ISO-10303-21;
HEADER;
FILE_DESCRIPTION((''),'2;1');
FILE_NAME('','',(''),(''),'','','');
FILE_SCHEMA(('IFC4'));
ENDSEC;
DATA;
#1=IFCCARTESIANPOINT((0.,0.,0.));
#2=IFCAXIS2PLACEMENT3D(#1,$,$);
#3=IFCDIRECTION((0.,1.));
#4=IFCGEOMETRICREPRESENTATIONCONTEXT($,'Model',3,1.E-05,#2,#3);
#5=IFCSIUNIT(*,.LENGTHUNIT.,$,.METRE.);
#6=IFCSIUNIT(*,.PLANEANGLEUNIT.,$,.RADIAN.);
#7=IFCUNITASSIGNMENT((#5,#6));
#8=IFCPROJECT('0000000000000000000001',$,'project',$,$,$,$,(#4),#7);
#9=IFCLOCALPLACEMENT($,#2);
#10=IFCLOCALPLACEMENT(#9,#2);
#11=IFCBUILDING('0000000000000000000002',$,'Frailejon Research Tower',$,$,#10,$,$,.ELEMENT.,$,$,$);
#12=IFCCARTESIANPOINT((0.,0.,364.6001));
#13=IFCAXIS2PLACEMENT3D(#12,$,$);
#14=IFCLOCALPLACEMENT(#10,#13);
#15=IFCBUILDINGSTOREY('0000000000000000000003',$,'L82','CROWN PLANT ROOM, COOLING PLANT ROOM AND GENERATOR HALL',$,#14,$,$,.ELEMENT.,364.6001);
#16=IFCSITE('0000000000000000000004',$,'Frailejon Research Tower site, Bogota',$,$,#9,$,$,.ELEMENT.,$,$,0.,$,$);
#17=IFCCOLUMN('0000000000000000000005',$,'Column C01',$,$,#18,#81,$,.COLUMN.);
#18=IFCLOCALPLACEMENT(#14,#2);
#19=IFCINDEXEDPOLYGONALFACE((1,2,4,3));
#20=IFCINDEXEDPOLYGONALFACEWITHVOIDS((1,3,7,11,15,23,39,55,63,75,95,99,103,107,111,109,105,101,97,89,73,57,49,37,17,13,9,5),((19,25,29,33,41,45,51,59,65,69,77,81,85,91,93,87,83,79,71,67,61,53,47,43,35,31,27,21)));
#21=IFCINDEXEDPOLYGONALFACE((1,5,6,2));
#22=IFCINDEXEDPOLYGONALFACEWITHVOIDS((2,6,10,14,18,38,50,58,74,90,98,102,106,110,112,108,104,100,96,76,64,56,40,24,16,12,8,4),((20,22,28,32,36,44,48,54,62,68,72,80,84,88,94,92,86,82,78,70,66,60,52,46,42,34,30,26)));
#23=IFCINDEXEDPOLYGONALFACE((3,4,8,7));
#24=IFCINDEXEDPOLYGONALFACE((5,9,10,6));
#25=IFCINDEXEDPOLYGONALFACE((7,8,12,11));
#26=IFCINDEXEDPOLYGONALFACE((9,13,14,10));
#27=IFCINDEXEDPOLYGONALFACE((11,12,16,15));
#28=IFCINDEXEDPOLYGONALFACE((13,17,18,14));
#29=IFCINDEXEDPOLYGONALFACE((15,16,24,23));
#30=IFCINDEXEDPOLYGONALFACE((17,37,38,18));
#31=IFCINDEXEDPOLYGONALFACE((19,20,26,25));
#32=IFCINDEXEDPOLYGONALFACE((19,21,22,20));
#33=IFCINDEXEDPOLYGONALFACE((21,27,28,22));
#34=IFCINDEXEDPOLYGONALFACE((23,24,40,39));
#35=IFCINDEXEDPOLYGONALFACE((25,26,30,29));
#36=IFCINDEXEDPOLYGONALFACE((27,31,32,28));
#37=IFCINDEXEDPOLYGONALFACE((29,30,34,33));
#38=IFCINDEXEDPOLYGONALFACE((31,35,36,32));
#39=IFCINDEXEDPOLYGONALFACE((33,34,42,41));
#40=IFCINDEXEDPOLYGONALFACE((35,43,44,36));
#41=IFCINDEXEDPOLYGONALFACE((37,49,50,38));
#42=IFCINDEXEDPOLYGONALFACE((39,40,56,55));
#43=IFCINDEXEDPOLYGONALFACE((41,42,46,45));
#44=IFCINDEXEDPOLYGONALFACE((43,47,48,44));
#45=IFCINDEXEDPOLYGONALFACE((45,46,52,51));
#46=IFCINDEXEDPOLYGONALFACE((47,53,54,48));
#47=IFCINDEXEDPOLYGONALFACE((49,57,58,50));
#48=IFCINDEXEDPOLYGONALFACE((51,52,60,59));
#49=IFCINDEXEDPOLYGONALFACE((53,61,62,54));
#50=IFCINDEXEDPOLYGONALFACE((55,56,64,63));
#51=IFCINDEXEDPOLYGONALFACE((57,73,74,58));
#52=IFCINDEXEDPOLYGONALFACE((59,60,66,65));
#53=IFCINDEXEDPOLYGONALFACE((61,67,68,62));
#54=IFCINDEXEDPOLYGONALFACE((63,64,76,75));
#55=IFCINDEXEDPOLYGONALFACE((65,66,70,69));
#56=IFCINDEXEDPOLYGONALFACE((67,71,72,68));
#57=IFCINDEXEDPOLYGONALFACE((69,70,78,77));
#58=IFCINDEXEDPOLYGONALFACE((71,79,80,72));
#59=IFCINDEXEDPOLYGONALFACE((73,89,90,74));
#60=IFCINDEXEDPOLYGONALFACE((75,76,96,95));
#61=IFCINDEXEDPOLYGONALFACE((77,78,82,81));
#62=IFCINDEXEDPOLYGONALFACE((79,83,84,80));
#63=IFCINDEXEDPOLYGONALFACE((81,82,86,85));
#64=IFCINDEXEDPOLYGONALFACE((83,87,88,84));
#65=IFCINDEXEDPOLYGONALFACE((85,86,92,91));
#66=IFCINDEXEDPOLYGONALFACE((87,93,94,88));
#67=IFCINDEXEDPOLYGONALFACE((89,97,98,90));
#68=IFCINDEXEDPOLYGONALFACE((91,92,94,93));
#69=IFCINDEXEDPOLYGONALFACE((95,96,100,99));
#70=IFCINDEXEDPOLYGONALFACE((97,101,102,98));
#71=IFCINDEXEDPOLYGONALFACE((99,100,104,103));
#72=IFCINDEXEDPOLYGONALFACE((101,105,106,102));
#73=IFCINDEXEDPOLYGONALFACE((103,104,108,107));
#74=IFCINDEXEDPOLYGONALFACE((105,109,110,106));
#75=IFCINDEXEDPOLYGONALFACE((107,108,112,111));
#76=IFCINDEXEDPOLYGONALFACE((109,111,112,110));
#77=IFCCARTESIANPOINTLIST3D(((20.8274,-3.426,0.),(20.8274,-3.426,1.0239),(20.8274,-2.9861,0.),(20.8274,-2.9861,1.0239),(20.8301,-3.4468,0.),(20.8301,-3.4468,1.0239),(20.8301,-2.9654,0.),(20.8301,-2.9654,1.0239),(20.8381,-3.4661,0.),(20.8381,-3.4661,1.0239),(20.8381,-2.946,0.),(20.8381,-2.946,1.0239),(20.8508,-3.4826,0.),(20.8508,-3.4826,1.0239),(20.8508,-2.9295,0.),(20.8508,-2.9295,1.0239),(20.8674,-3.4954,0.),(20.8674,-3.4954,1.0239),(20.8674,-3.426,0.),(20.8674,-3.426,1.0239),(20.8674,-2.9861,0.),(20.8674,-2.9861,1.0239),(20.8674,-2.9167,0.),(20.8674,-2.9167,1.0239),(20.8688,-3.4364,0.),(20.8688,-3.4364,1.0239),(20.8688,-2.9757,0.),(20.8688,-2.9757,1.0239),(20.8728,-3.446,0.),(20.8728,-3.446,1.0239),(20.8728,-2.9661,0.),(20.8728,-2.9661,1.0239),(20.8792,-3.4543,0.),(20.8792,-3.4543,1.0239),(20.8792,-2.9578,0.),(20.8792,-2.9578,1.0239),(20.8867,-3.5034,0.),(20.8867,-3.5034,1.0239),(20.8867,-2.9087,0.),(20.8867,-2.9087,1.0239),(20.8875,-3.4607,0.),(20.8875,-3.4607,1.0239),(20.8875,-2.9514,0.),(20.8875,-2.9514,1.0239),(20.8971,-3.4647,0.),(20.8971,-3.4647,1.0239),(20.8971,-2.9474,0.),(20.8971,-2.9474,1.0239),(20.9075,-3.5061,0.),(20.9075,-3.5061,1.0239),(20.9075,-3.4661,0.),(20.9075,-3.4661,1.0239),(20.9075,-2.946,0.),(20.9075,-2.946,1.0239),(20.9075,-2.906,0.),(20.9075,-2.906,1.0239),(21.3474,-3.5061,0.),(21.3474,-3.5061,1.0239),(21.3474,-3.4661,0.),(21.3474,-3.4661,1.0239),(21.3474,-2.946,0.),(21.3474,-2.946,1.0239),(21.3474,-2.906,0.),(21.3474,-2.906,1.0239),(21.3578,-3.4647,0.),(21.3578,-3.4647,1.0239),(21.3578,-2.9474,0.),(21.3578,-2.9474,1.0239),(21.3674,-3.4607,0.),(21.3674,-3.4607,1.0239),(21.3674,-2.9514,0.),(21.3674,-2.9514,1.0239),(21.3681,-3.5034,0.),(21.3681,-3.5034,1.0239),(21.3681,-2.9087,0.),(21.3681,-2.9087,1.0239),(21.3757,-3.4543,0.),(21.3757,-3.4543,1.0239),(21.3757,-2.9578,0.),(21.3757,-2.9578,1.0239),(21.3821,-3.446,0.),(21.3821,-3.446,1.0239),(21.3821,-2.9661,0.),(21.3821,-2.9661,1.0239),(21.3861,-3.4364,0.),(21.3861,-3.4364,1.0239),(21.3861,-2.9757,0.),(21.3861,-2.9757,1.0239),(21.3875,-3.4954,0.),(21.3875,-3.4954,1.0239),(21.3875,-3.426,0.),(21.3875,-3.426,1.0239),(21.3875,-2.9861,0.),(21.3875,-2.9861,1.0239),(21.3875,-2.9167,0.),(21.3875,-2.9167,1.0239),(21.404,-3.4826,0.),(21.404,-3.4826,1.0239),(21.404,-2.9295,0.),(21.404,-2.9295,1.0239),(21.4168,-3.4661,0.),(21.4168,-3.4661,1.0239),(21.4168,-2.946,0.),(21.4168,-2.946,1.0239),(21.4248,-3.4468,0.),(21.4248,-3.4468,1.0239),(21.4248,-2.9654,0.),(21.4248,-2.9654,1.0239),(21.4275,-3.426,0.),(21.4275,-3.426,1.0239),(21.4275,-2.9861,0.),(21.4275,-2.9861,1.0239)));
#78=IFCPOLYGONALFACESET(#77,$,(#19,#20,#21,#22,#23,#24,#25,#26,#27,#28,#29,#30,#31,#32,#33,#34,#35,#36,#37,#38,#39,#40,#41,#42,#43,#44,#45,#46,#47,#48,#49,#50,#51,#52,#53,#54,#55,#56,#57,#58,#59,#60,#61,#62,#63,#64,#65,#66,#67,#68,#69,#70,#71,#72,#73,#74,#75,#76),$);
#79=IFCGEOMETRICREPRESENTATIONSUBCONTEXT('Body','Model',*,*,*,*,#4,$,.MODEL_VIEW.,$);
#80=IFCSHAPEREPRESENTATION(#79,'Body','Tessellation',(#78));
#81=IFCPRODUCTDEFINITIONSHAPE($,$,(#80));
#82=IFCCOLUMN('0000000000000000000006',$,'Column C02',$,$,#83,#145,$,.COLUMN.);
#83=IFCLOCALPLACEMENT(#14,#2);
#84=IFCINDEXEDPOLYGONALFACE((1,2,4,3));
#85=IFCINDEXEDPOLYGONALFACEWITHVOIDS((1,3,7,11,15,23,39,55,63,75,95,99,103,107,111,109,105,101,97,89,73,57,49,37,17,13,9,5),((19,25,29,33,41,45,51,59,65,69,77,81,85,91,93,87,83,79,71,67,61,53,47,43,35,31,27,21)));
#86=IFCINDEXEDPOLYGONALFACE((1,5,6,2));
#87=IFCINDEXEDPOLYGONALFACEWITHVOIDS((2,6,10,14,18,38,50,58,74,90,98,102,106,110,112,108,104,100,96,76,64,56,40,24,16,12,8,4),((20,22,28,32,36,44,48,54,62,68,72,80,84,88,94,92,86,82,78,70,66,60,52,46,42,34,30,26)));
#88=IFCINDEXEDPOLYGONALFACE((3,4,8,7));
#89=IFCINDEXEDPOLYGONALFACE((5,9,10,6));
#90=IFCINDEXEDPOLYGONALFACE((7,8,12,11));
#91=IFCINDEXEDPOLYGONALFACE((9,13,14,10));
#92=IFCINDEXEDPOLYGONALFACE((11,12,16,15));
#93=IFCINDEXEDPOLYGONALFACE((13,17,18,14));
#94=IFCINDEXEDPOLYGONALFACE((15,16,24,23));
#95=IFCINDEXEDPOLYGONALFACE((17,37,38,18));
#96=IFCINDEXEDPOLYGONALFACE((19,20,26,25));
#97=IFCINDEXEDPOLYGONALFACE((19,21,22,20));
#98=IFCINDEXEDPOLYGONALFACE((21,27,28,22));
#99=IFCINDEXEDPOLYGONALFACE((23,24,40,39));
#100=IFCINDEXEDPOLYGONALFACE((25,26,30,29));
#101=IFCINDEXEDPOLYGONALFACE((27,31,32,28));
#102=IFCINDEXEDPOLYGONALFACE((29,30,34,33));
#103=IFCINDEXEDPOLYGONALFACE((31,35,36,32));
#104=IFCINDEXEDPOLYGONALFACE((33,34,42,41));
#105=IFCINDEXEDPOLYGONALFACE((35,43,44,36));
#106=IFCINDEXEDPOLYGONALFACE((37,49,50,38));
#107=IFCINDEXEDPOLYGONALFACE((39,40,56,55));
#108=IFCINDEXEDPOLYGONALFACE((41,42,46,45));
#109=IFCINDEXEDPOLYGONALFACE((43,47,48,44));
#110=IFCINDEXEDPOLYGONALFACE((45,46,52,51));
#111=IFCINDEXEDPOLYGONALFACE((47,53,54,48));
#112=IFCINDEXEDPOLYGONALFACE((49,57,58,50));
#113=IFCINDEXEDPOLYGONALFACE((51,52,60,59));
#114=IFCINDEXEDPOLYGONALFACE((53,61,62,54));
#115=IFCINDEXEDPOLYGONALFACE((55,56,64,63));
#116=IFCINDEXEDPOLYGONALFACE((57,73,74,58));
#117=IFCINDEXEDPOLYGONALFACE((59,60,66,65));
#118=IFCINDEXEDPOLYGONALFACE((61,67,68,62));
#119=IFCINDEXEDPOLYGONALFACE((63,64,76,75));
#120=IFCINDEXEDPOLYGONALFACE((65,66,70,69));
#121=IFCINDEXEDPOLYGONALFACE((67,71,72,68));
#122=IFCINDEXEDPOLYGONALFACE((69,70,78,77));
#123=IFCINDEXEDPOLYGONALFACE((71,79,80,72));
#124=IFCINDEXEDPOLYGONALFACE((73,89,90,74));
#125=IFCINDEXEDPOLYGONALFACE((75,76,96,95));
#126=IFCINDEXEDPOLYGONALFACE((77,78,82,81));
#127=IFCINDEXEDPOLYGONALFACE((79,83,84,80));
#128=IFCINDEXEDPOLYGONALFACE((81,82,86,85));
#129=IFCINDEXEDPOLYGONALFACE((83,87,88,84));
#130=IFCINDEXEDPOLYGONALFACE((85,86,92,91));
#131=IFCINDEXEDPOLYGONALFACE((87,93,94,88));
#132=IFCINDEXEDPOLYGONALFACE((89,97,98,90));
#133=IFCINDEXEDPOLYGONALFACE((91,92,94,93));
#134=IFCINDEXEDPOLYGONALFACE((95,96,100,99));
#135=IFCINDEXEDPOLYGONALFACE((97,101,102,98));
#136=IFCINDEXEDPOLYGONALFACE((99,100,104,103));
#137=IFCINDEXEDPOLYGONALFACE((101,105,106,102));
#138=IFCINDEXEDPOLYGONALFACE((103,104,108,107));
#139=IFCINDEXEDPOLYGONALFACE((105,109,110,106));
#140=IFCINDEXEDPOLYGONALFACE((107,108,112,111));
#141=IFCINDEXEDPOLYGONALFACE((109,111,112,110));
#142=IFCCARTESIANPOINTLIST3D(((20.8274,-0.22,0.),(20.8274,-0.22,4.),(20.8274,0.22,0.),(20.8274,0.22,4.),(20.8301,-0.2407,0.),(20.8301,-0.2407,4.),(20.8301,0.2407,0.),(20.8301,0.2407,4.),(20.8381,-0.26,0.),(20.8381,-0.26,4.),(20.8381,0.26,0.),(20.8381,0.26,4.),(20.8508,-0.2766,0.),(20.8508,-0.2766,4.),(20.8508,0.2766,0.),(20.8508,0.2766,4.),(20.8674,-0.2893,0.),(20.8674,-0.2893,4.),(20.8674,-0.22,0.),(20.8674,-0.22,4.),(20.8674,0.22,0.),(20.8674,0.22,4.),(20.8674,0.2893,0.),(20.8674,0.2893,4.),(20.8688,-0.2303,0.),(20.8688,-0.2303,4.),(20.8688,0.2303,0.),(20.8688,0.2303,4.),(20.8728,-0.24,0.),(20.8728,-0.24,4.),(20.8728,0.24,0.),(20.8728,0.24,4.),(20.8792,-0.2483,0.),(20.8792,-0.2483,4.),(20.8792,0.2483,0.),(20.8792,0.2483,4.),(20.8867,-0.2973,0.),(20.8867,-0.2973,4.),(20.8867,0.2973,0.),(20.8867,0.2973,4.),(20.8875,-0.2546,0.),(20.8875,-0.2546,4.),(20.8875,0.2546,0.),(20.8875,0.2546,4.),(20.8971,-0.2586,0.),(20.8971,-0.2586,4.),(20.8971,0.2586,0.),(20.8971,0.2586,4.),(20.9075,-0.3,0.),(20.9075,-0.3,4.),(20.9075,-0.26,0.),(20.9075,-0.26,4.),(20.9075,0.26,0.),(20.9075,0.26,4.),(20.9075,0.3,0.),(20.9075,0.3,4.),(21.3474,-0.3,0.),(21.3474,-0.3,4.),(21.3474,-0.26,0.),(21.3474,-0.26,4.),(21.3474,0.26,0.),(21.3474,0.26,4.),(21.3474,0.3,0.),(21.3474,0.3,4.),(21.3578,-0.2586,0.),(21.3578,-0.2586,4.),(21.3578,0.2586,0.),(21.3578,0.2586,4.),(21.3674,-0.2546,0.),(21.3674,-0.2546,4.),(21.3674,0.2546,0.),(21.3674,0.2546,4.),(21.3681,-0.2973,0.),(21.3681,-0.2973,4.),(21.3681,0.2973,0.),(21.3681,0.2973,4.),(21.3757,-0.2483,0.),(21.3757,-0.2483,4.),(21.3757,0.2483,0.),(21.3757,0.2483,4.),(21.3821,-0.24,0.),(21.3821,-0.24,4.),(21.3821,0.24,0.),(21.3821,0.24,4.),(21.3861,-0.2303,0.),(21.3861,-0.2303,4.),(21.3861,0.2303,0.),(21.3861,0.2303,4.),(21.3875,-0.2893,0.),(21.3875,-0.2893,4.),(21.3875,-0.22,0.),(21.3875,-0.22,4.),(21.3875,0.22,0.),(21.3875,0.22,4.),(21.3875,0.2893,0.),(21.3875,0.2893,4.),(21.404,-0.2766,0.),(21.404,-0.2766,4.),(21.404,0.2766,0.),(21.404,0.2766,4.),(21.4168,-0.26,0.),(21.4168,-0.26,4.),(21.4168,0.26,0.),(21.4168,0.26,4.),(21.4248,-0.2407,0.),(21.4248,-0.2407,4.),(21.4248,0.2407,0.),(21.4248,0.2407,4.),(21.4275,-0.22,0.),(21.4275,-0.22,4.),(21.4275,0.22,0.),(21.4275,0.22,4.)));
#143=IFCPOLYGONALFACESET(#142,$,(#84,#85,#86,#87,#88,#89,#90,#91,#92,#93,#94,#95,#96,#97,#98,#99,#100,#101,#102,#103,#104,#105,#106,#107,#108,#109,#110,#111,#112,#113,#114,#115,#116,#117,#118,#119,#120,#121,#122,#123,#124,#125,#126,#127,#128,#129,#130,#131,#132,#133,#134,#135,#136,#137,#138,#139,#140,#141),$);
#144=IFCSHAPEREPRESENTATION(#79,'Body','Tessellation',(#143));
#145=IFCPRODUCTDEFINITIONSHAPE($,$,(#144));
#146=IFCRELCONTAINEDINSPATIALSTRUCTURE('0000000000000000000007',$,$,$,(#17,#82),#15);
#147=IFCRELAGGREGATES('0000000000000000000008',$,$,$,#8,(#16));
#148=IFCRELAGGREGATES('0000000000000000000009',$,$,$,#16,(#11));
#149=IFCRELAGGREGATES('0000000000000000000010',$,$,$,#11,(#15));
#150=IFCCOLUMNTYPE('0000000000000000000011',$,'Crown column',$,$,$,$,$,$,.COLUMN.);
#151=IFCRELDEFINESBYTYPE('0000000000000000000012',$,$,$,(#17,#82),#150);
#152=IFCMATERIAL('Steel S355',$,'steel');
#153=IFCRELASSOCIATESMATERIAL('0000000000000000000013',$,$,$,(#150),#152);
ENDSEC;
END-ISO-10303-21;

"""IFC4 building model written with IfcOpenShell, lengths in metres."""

from ifc_helpers import new_model, si_unit, direction, frame, origin, origin_2d, place, context, subcontext, project, spatial, hollow_rectangle, extrude, material, material_profile, profile_set, type_object, element, save


model = new_model("IFC4")

# Units and contexts
model_context = context("Model", 3, precision=1e-05, world=origin(), true_north=direction((0.0, 1.0)))
body_context = subcontext(model_context, "Body", "Model", "MODEL_VIEW")
ifc_project = project(units=[si_unit("LENGTHUNIT", "METRE"), si_unit("PLANEANGLEUNIT", "RADIAN")], contexts=[model_context])

# Site, building, storey
site_placement = place(None, origin())
site = spatial("IfcSite", under=ifc_project, at=site_placement, Name="Frailejon Research Tower site, Bogota", CompositionType="ELEMENT", RefElevation=0.0)
building_placement = place(site_placement, origin())
building = spatial("IfcBuilding", under=site, at=building_placement, Name="Frailejon Research Tower", CompositionType="ELEMENT")
storey_placement = place(building_placement, frame((0.0, 0.0, 364.6001)))
storey = spatial("IfcBuildingStorey", under=building, at=storey_placement, Name="L82", Description="CROWN PLANT ROOM, COOLING PLANT ROOM AND GENERATOR HALL", CompositionType="ELEMENT", Elevation=364.6001)

# Columns
ifc_material_1 = material(Name="Steel S355", Category="steel")
ifc_material_profile_1 = material_profile(ifc_material_1, hollow_rectangle(XDim=0.6001, YDim=0.6001, WallThickness=0.04, InnerFilletRadius=0.04, OuterFilletRadius=0.0801, at=origin_2d()), Name="Crown column")
ifc_profile_set_1 = profile_set([ifc_material_profile_1], Name="Steel S355")
column_type = type_object("IfcColumnType", Name="Crown column", PredefinedType="COLUMN", material=ifc_profile_set_1)
column_placement = place(storey_placement, frame((21.1274, -3.2061, 0.0), z_axis=(0.0, 0.0, 1.0), x_axis=(0.0, 1.0, 0.0)))
element("IfcColumn", 1, at=column_placement, inside=storey, type_object=column_type, Name="Column C01", PredefinedType="COLUMN", context=body_context, shape_type="SweptSolid", body=[
    extrude(hollow_rectangle(XDim=0.6001, YDim=0.6001, WallThickness=0.04, InnerFilletRadius=0.04, OuterFilletRadius=0.0801, at=origin_2d()), origin(), (0.0, 0.0, 1.0), 1.0239),
])
for number, where, z_axis, x_axis, name in (
    (2, (21.1274, 0.0, 0.0), (0.0, 0.0, 1.0), (0.0, 1.0, 0.0), "Column C02"),
):
    element("IfcColumn", number, at=place(storey_placement, frame(where, z_axis=z_axis, x_axis=x_axis)), inside=storey, type_object=column_type, Name=name, PredefinedType="COLUMN", context=body_context, shape_type="SweptSolid", body=[
        extrude(hollow_rectangle(XDim=0.6001, YDim=0.6001, WallThickness=0.04, InnerFilletRadius=0.04, OuterFilletRadius=0.0801, at=origin_2d()), origin(), (0.0, 0.0, 1.0), 4.0),
    ])

save(model, "model.ifc")
